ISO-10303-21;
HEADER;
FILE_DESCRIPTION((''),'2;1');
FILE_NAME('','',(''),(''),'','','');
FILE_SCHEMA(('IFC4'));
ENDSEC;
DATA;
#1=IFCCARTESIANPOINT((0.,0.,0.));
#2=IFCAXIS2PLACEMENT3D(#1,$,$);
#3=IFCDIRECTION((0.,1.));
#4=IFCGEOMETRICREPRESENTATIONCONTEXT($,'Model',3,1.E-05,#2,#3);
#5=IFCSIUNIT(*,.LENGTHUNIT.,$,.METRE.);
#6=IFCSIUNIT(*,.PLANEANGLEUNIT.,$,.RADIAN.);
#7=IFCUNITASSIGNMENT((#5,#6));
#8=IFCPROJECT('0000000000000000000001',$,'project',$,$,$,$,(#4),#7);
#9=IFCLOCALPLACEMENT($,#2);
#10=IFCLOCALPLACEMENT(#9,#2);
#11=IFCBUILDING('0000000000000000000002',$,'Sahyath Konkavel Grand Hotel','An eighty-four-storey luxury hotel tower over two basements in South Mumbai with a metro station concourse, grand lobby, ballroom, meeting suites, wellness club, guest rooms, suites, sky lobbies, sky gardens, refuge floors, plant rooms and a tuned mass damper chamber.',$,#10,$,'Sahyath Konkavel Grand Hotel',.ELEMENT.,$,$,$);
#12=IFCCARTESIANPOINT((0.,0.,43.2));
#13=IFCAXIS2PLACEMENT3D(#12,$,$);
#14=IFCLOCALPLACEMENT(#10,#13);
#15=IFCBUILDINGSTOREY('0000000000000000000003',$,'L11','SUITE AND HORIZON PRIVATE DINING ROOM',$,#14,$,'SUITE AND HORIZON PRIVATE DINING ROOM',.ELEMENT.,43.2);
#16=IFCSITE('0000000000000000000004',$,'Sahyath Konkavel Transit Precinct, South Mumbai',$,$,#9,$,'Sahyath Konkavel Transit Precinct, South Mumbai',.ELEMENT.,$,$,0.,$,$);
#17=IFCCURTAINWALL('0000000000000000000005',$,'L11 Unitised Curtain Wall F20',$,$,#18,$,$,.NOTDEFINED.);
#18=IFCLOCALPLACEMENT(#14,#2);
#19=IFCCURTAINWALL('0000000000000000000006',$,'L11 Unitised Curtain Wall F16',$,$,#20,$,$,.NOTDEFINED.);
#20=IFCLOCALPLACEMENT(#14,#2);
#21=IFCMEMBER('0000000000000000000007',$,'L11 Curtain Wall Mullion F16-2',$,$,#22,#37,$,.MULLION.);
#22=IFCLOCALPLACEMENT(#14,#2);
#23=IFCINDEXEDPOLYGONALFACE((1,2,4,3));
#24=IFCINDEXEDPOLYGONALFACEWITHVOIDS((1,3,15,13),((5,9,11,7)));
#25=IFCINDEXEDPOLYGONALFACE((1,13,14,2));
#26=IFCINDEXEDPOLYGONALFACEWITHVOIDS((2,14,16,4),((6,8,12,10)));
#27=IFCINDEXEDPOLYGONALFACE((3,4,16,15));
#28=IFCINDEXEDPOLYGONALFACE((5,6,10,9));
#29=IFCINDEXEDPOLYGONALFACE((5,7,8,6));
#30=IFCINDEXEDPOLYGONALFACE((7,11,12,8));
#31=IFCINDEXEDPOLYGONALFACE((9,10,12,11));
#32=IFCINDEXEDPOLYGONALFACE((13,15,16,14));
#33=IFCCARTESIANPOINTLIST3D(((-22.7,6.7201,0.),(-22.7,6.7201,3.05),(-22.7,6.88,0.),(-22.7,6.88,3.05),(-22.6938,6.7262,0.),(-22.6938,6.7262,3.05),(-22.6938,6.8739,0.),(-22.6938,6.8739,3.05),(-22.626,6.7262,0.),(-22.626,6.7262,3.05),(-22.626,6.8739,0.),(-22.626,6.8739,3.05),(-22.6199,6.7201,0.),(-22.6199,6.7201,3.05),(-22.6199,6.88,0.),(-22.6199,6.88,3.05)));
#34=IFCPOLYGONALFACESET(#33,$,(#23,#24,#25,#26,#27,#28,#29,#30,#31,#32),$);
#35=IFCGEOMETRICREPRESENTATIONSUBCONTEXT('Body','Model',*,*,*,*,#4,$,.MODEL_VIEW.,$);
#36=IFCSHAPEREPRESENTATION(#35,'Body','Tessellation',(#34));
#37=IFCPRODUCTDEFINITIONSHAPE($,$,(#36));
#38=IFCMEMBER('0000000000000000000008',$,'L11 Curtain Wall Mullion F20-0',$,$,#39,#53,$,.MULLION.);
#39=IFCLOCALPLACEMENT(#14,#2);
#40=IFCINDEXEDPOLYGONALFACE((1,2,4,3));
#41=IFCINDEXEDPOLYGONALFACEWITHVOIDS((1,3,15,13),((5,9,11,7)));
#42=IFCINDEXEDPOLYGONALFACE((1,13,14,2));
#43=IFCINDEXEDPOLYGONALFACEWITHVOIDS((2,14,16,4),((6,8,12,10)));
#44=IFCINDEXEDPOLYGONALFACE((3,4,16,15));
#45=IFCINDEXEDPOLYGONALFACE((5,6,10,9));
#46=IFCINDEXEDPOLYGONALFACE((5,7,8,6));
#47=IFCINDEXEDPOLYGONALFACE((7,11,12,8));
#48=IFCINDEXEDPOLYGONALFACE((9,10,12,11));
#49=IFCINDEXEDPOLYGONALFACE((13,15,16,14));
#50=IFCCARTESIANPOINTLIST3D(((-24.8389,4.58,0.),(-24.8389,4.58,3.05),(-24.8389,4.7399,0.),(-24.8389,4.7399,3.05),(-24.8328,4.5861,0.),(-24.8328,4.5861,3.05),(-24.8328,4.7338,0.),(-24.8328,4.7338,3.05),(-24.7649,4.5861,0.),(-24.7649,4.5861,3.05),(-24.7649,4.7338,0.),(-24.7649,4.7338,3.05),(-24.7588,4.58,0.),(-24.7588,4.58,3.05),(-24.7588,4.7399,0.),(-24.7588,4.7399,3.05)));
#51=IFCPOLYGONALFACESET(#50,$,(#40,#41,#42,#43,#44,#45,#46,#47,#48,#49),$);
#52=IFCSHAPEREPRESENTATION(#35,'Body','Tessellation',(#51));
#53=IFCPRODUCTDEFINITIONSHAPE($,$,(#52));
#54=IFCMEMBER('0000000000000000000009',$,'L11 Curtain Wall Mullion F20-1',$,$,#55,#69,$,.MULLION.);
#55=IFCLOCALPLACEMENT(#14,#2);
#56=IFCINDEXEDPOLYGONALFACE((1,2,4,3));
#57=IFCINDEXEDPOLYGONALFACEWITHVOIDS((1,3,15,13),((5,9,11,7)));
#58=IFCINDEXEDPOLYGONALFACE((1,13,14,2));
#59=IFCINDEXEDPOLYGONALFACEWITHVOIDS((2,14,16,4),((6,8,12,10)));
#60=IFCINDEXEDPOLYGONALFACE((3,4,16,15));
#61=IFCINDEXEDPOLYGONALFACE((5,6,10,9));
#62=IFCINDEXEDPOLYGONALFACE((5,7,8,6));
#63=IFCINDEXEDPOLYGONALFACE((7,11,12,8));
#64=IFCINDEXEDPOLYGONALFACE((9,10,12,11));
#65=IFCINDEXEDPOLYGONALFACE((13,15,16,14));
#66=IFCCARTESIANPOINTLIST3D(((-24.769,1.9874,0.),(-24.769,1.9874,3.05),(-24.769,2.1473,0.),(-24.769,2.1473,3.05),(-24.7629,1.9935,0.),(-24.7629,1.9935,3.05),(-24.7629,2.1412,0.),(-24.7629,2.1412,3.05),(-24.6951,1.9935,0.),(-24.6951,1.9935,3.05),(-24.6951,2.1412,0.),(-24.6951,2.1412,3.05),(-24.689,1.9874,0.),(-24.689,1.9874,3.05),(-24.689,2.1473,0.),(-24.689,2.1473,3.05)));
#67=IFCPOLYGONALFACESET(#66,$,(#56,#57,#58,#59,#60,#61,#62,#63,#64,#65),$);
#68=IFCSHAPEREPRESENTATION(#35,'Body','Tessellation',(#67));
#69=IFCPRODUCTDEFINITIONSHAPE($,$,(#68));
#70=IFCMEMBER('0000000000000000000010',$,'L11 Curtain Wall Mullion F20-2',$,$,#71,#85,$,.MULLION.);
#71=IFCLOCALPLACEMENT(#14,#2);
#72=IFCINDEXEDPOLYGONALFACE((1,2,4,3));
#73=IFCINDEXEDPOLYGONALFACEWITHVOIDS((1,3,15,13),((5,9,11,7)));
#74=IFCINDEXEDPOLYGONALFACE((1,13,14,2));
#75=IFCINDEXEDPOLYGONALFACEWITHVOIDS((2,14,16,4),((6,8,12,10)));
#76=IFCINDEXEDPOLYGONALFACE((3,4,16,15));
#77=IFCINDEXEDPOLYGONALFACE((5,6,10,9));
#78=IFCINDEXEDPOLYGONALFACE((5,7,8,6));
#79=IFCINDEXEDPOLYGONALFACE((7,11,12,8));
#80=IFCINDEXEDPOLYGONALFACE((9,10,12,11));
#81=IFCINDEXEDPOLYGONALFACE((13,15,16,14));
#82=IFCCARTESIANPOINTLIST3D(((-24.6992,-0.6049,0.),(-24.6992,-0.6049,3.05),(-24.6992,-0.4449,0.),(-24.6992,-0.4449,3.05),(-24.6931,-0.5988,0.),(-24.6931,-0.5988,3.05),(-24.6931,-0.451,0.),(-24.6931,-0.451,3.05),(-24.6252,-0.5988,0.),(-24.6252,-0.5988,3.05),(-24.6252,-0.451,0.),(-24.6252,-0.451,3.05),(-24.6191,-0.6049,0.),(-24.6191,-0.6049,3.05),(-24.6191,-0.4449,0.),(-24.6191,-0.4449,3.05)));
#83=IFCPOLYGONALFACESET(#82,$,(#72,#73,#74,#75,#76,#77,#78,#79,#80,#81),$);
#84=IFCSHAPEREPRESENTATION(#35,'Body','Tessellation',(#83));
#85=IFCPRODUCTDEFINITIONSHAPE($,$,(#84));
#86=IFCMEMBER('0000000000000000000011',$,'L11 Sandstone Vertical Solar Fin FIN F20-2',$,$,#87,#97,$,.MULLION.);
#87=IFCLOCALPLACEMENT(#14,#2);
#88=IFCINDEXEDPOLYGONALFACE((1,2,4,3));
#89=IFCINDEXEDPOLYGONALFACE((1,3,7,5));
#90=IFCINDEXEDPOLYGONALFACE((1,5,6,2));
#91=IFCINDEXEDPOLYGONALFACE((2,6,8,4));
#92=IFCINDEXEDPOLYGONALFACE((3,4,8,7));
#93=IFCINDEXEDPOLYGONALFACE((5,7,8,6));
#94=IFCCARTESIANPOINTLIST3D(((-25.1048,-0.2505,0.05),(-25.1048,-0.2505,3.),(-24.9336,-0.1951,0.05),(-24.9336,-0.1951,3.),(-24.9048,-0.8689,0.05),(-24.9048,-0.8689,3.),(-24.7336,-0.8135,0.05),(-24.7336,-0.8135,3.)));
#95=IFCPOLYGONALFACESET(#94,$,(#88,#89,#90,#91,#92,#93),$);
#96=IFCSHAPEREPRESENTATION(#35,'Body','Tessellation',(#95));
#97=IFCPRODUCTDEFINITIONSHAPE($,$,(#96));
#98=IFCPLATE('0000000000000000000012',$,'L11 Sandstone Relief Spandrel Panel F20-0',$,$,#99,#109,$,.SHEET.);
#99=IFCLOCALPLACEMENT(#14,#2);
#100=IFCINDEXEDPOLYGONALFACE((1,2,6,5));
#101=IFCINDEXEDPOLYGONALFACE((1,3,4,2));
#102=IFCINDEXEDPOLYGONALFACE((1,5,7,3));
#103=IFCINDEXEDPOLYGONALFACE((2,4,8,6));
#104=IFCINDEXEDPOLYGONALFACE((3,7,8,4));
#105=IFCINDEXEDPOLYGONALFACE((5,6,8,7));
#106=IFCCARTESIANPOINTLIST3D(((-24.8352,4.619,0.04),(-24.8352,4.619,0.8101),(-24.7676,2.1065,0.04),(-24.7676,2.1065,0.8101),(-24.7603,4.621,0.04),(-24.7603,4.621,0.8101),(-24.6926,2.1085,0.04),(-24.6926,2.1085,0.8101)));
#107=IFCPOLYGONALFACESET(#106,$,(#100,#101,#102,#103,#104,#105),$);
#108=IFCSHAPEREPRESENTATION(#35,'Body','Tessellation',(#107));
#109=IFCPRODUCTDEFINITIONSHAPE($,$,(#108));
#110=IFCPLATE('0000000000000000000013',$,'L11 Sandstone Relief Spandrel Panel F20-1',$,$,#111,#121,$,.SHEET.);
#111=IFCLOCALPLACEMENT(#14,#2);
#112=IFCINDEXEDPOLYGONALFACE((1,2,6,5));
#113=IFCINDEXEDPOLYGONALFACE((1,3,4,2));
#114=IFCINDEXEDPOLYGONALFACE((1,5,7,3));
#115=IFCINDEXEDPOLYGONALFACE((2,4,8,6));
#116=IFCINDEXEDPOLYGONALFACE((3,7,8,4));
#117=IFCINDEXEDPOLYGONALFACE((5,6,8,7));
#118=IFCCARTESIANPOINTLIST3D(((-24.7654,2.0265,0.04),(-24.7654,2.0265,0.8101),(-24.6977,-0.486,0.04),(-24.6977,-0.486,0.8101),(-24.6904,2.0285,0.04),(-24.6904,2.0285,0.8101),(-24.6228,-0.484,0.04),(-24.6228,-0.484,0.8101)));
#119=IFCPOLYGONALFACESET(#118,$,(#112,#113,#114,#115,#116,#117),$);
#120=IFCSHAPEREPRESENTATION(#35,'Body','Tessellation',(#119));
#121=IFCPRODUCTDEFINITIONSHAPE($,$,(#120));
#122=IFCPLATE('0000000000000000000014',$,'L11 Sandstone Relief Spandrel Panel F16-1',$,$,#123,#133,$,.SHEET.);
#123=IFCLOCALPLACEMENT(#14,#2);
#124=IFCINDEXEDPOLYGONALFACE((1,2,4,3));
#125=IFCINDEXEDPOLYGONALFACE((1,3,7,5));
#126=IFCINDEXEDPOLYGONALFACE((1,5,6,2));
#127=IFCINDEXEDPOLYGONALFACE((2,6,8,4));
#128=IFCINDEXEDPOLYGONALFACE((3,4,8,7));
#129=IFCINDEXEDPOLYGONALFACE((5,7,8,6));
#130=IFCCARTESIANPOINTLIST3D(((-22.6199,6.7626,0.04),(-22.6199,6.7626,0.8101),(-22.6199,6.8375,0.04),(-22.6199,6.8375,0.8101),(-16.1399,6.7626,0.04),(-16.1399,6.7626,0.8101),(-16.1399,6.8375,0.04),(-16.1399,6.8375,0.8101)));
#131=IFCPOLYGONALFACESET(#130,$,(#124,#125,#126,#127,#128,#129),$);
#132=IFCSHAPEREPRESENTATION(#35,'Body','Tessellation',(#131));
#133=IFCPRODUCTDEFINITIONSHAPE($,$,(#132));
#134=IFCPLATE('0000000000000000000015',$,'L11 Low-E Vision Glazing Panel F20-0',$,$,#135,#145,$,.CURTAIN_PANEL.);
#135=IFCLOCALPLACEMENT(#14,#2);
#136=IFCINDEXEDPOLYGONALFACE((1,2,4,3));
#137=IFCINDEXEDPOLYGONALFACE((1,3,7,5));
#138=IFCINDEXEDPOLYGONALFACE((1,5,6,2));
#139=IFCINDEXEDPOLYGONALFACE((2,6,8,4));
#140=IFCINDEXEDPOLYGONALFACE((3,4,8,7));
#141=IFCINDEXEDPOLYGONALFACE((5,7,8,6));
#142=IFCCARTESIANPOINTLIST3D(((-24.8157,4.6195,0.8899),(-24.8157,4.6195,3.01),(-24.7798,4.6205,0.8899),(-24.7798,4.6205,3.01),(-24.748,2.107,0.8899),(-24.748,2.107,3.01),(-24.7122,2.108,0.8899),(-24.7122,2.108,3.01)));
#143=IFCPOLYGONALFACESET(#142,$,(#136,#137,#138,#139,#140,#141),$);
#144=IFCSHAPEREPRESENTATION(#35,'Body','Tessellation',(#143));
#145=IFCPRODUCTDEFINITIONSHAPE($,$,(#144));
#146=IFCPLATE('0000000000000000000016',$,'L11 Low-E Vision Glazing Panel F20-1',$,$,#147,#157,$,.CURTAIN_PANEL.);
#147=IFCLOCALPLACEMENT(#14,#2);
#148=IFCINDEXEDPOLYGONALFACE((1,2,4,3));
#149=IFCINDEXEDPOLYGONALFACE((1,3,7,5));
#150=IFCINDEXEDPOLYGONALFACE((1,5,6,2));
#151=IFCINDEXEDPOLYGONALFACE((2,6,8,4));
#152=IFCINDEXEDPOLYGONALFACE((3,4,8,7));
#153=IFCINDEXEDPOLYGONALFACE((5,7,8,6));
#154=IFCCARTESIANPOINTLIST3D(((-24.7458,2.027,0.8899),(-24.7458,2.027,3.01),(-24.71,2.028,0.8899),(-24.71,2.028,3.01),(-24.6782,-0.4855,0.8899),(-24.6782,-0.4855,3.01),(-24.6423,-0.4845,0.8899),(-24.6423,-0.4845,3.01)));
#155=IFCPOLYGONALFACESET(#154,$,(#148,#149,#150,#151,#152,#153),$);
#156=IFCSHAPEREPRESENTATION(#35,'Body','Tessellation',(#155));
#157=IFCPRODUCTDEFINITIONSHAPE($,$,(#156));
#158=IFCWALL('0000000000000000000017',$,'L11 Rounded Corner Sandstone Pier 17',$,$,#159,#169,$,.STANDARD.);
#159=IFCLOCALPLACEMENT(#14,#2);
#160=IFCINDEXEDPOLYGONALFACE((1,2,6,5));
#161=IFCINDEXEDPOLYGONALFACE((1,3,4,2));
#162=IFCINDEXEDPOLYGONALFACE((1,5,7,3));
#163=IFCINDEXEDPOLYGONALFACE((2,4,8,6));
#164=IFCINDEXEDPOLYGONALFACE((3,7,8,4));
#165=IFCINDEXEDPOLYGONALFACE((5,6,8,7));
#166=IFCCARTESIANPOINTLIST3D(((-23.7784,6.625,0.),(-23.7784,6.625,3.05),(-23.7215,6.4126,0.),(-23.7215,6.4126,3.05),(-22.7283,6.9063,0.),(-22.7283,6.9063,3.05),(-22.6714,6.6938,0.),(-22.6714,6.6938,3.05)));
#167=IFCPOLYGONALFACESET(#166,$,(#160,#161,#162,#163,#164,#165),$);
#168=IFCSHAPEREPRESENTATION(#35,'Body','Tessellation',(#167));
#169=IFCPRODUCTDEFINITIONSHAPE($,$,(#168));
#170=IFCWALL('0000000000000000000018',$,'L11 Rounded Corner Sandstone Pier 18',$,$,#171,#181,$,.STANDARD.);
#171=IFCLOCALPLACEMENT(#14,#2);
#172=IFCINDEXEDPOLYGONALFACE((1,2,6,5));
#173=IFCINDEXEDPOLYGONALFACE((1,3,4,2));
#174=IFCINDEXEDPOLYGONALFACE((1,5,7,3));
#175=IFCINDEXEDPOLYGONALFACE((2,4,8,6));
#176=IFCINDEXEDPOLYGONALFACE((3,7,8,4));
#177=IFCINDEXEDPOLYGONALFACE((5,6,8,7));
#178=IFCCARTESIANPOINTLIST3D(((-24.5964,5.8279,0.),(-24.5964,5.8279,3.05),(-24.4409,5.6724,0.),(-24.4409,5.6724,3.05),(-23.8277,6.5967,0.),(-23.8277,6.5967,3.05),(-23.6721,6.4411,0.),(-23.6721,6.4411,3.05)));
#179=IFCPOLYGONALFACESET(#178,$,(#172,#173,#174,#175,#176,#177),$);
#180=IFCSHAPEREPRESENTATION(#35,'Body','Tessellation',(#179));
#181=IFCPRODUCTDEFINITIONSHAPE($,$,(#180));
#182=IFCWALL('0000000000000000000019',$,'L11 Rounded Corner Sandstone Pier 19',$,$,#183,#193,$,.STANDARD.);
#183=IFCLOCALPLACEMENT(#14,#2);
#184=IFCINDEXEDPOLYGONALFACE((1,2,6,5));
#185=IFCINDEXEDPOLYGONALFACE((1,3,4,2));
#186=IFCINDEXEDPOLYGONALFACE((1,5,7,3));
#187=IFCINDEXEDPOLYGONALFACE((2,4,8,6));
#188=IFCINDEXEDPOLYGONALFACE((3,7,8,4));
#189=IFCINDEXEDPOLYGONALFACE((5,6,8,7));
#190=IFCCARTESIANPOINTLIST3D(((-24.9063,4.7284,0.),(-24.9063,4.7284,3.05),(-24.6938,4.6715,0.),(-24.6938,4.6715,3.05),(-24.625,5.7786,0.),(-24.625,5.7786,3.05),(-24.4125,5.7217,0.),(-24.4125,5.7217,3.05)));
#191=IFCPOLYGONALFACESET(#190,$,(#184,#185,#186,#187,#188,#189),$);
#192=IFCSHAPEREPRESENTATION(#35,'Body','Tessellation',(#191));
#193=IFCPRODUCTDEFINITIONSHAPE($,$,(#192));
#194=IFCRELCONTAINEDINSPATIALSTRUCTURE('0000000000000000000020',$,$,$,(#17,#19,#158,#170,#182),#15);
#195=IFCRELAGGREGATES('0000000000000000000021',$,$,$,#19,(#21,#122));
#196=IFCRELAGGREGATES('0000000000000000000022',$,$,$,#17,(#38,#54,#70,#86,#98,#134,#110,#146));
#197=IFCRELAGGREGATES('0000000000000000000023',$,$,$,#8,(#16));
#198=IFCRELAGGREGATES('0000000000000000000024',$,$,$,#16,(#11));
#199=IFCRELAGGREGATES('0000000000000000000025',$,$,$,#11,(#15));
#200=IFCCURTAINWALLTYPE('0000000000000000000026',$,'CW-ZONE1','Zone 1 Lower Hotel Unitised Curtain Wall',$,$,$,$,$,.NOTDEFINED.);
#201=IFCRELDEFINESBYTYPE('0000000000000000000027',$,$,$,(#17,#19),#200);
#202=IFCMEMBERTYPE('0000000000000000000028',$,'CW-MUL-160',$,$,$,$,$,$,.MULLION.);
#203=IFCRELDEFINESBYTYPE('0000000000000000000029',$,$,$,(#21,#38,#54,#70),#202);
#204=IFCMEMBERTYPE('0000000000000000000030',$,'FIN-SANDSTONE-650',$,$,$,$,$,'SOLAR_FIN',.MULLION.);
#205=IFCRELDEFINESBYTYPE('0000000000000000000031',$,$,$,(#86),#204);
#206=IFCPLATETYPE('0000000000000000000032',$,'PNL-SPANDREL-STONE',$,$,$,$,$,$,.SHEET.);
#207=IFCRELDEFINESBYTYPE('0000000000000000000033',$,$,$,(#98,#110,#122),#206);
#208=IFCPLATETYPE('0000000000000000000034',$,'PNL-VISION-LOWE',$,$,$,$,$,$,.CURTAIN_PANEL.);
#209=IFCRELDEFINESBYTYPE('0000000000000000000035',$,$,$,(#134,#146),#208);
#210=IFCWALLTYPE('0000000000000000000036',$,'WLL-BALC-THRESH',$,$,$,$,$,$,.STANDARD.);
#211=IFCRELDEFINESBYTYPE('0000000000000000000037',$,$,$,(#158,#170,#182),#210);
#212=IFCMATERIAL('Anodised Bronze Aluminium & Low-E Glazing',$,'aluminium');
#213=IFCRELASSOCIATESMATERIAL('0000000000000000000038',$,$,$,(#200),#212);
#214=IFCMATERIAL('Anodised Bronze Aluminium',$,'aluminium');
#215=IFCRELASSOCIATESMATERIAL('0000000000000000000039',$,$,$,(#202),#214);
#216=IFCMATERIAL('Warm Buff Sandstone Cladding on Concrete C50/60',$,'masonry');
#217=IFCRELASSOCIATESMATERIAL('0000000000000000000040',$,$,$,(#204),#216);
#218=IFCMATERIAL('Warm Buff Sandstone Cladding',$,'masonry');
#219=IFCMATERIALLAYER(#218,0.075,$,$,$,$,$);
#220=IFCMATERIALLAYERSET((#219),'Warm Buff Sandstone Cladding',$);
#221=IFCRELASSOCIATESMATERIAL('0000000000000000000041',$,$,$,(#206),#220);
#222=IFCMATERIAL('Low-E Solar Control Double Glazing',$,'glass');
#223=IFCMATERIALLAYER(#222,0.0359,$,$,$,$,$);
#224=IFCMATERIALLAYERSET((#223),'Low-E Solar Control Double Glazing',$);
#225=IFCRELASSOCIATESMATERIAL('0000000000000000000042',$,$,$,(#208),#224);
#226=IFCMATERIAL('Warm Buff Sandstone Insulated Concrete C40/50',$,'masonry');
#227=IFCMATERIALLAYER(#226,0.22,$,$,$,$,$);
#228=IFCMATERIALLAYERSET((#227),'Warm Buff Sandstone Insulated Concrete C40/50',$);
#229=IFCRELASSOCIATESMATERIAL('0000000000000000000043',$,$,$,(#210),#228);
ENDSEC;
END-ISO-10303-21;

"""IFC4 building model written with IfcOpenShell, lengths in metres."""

from ifc_helpers import new_model, si_unit, direction, frame, frame_2d, origin, origin_2d, place, context, subcontext, project, spatial, rectangle, hollow_rectangle, extrude, source, transform, mapped, material, layer, layer_set, material_profile, profile_set, type_object, element, aggregate, save


model = new_model("IFC4")

# Units and contexts
model_context = context("Model", 3, precision=1e-05, world=origin(), true_north=direction((0.0, 1.0)))
body_context = subcontext(model_context, "Body", "Model", "MODEL_VIEW")
ifc_project = project(units=[si_unit("LENGTHUNIT", "METRE"), si_unit("PLANEANGLEUNIT", "RADIAN")], contexts=[model_context])

# Site, building, storey
site_placement = place(None, origin())
site = spatial("IfcSite", under=ifc_project, at=site_placement, Name="Sahyath Konkavel Transit Precinct, South Mumbai", LongName="Sahyath Konkavel Transit Precinct, South Mumbai", CompositionType="ELEMENT", RefElevation=0.0)
building_placement = place(site_placement, origin())
building = spatial("IfcBuilding", under=site, at=building_placement, Name="Sahyath Konkavel Grand Hotel", Description="An eighty-four-storey luxury hotel tower over two basements in South Mumbai with a metro station concourse, grand lobby, ballroom, meeting suites, wellness club, guest rooms, suites, sky lobbies, sky gardens, refuge floors, plant rooms and a tuned mass damper chamber.", LongName="Sahyath Konkavel Grand Hotel", CompositionType="ELEMENT")
storey_placement = place(building_placement, frame((0.0, 0.0, 43.2)))
storey = spatial("IfcBuildingStorey", under=building, at=storey_placement, Name="L11", Description="SUITE AND HORIZON PRIVATE DINING ROOM", LongName="SUITE AND HORIZON PRIVATE DINING ROOM", CompositionType="ELEMENT", Elevation=43.2)

# Curtain wall
ifc_material_1 = material(Name="Anodised Bronze Aluminium & Low-E Glazing", Category="aluminium")
curtain_wall_type = type_object("IfcCurtainWallType", Name="CW-ZONE1", Description="Zone 1 Lower Hotel Unitised Curtain Wall", PredefinedType="NOTDEFINED", material=ifc_material_1)
curtain_wall_1_placement = place(storey_placement, origin())
curtain_wall_1 = element("IfcCurtainWall", 1, at=curtain_wall_1_placement, inside=storey, type_object=curtain_wall_type, Name="L11 Unitised Curtain Wall F20", PredefinedType="NOTDEFINED")
ifc_material_2 = material(Name="Anodised Bronze Aluminium", Category="aluminium")

# Curtain wall, member
curtain_wall_2_placement = place(storey_placement, origin())
curtain_wall_2 = element("IfcCurtainWall", 2, at=curtain_wall_2_placement, inside=storey, type_object=curtain_wall_type, Name="L11 Unitised Curtain Wall F16", PredefinedType="NOTDEFINED")
ifc_material_profile_1 = material_profile(ifc_material_2, hollow_rectangle(XDim=0.0801, YDim=0.1599, WallThickness=0.0061, at=origin_2d()), Name="RHS 160x80x6")
ifc_profile_set_1 = profile_set([ifc_material_profile_1], Name="Anodised Bronze Aluminium")
member_type_1 = type_object("IfcMemberType", Name="CW-MUL-160", PredefinedType="MULLION", material=ifc_profile_set_1)
shared_shape_1 = source(origin(), body_context, "Body", "SweptSolid", [
    extrude(hollow_rectangle(XDim=0.0801, YDim=0.1599, WallThickness=0.0061, at=origin_2d()), origin(), (0.0, 0.0, 1.0), 3.05),
])
member_1_placement = place(storey_placement, frame((-22.6599, 6.8, 0.0), z_axis=(0.0, 0.0, 1.0), x_axis=(1.0, 0.0, 0.0)))
member_1 = element("IfcMember", 3, at=member_1_placement, type_object=member_type_1, Name="L11 Curtain Wall Mullion F16-2", PredefinedType="MULLION", context=body_context, shape_type="MappedRepresentation", body=[
    mapped(shared_shape_1, transform((0.0, 0.0, 0.0), scale=1.0)),
])

# Members
member_2_placement = place(storey_placement, frame((-24.7988, 4.6599, 0.0), z_axis=(0.0, 0.0, 1.0), x_axis=(1.0, 0.0, 0.0)))
member_2 = element("IfcMember", 4, at=member_2_placement, type_object=member_type_1, Name="L11 Curtain Wall Mullion F20-0", PredefinedType="MULLION", context=body_context, shape_type="MappedRepresentation", body=[
    mapped(shared_shape_1, transform((0.0, 0.0, 0.0), scale=1.0)),
])
member_3_placement = place(storey_placement, frame((-24.729, 2.0674, 0.0), z_axis=(0.0, 0.0, 1.0), x_axis=(1.0, 0.0, 0.0)))
member_3 = element("IfcMember", 5, at=member_3_placement, type_object=member_type_1, Name="L11 Curtain Wall Mullion F20-1", PredefinedType="MULLION", context=body_context, shape_type="MappedRepresentation", body=[
    mapped(shared_shape_1, transform((0.0, 0.0, 0.0), scale=1.0)),
])
member_4_placement = place(storey_placement, frame((-24.6592, -0.5249, 0.0), z_axis=(0.0, 0.0, 1.0), x_axis=(1.0, 0.0, 0.0)))
member_4 = element("IfcMember", 6, at=member_4_placement, type_object=member_type_1, Name="L11 Curtain Wall Mullion F20-2", PredefinedType="MULLION", context=body_context, shape_type="MappedRepresentation", body=[
    mapped(shared_shape_1, transform((0.0, 0.0, 0.0), scale=1.0)),
])
ifc_material_3 = material(Name="Warm Buff Sandstone Cladding on Concrete C50/60", Category="masonry")
ifc_material_profile_2 = material_profile(ifc_material_3, rectangle(XDim=0.1799, YDim=0.6499, at=origin_2d()), Name="FIN 180x650")
ifc_profile_set_2 = profile_set([ifc_material_profile_2], Name="Warm Buff Sandstone Cladding on Concrete C50/60")
member_type_2 = type_object("IfcMemberType", Name="FIN-SANDSTONE-650", ElementType="SOLAR_FIN", PredefinedType="MULLION", material=ifc_profile_set_2)
shared_shape_2 = source(origin(), body_context, "Body", "SweptSolid", [
    extrude(rectangle(XDim=0.1799, YDim=0.6499, at=origin_2d()), origin(), (0.0, 0.0, 1.0), 2.95),
])
member_5_placement = place(storey_placement, frame((-24.9192, -0.532, 0.05), z_axis=(0.0, 0.0, 1.0), x_axis=(0.951487, 0.307689, 0.0)))
member_5 = element("IfcMember", 7, at=member_5_placement, type_object=member_type_2, Name="L11 Sandstone Vertical Solar Fin FIN F20-2", PredefinedType="MULLION", context=body_context, shape_type="MappedRepresentation", body=[
    mapped(shared_shape_2, transform((0.0, 0.0, 0.0), scale=1.0)),
])

# Plates
ifc_material_4 = material(Name="Warm Buff Sandstone Cladding", Category="masonry")
ifc_layer_1 = layer(ifc_material_4, 0.075)
ifc_layer_set_1 = layer_set([ifc_layer_1], Name="Warm Buff Sandstone Cladding")
plate_type_1 = type_object("IfcPlateType", Name="PNL-SPANDREL-STONE", PredefinedType="SHEET", material=ifc_layer_set_1)
shared_shape_3 = source(origin(), body_context, "Body", "SweptSolid", [
    extrude(rectangle(XDim=2.5134, YDim=0.075, at=origin_2d()), origin(), (0.0, 0.0, 1.0), 0.77),
])
plate_1_placement = place(storey_placement, frame((-24.7639, 3.3638, 0.04), z_axis=(0.0, 0.0, 1.0), x_axis=(0.02691, -0.999638, 0.0)))
plate_1 = element("IfcPlate", 8, at=plate_1_placement, type_object=plate_type_1, Name="L11 Sandstone Relief Spandrel Panel F20-0", PredefinedType="SHEET", context=body_context, shape_type="MappedRepresentation", body=[
    mapped(shared_shape_3, transform((0.0, 0.0, 0.0), scale=1.0)),
])
plate_2_placement = place(storey_placement, frame((-24.6941, 0.7712, 0.04), z_axis=(0.0, 0.0, 1.0), x_axis=(0.02691, -0.999638, 0.0)))
plate_2 = element("IfcPlate", 9, at=plate_2_placement, type_object=plate_type_1, Name="L11 Sandstone Relief Spandrel Panel F20-1", PredefinedType="SHEET", context=body_context, shape_type="MappedRepresentation", body=[
    mapped(shared_shape_3, transform((0.0, 0.0, 0.0), scale=1.0)),
])
shared_shape_4 = source(origin(), body_context, "Body", "SweptSolid", [
    extrude(rectangle(XDim=6.48, YDim=0.075, at=origin_2d()), origin(), (0.0, 0.0, 1.0), 0.77),
])
plate_3_placement = place(storey_placement, frame((-19.3799, 6.8, 0.04), z_axis=(0.0, 0.0, 1.0), x_axis=(-1.0, 0.0, 0.0)))
plate_3 = element("IfcPlate", 10, at=plate_3_placement, type_object=plate_type_1, Name="L11 Sandstone Relief Spandrel Panel F16-1", PredefinedType="SHEET", context=body_context, shape_type="MappedRepresentation", body=[
    mapped(shared_shape_4, transform((0.0, 0.0, 0.0), scale=1.0)),
])
aggregate(curtain_wall_2, [member_1, plate_3])
ifc_material_5 = material(Name="Low-E Solar Control Double Glazing", Category="glass")
ifc_layer_2 = layer(ifc_material_5, 0.0359)
ifc_layer_set_2 = layer_set([ifc_layer_2], Name="Low-E Solar Control Double Glazing")
plate_type_2 = type_object("IfcPlateType", Name="PNL-VISION-LOWE", PredefinedType="CURTAIN_PANEL", material=ifc_layer_set_2)
shared_shape_5 = source(origin(), body_context, "Body", "SweptSolid", [
    extrude(rectangle(XDim=2.5134, YDim=0.0359, at=origin_2d()), origin(), (0.0, 0.0, 1.0), 2.1201),
])
plate_4_placement = place(storey_placement, frame((-24.7639, 3.3638, 0.8899), z_axis=(0.0, 0.0, 1.0), x_axis=(0.02691, -0.999638, 0.0)))
plate_4 = element("IfcPlate", 11, at=plate_4_placement, type_object=plate_type_2, Name="L11 Low-E Vision Glazing Panel F20-0", PredefinedType="CURTAIN_PANEL", context=body_context, shape_type="MappedRepresentation", body=[
    mapped(shared_shape_5, transform((0.0, 0.0, 0.0), scale=1.0)),
])
plate_5_placement = place(storey_placement, frame((-24.6941, 0.7712, 0.8899), z_axis=(0.0, 0.0, 1.0), x_axis=(0.02691, -0.999638, 0.0)))
plate_5 = element("IfcPlate", 12, at=plate_5_placement, type_object=plate_type_2, Name="L11 Low-E Vision Glazing Panel F20-1", PredefinedType="CURTAIN_PANEL", context=body_context, shape_type="MappedRepresentation", body=[
    mapped(shared_shape_5, transform((0.0, 0.0, 0.0), scale=1.0)),
])
aggregate(curtain_wall_1, [member_2, member_3, member_4, member_5, plate_1, plate_4, plate_2, plate_5])

# Walls
ifc_material_6 = material(Name="Warm Buff Sandstone Insulated Concrete C40/50", Category="masonry")
ifc_layer_3 = layer(ifc_material_6, 0.22)
ifc_layer_set_3 = layer_set([ifc_layer_3], Name="Warm Buff Sandstone Insulated Concrete C40/50")
wall_type_1 = type_object("IfcWallType", Name="WLL-BALC-THRESH", PredefinedType="STANDARD", material=ifc_layer_set_3)
for number, where, z_axis, x_axis, name in (
    (13, (-22.7, 6.8, 0.0), (0.0, 0.0, 1.0), (-0.965951, -0.258725, 0.0), "L11 Rounded Corner Sandstone Pier 17"),
    (14, (-23.75, 6.5188, 0.0), (0.0, 0.0, 1.0), (-0.707107, -0.707107, 0.0), "L11 Rounded Corner Sandstone Pier 18"),
    (15, (-24.5188, 5.75, 0.0), (0.0, 0.0, 1.0), (-0.258725, -0.965951, 0.0), "L11 Rounded Corner Sandstone Pier 19"),
):
    element("IfcWall", number, at=place(storey_placement, frame(where, z_axis=z_axis, x_axis=x_axis)), inside=storey, type_object=wall_type_1, Name=name, PredefinedType="STANDARD", context=body_context, shape_type="SweptSolid", body=[
        extrude(rectangle(XDim=1.0872, YDim=0.22, at=frame_2d((0.5435, 0.0))), origin(), (0.0, 0.0, 1.0), 3.05),
    ])

save(model, "model.ifc")
